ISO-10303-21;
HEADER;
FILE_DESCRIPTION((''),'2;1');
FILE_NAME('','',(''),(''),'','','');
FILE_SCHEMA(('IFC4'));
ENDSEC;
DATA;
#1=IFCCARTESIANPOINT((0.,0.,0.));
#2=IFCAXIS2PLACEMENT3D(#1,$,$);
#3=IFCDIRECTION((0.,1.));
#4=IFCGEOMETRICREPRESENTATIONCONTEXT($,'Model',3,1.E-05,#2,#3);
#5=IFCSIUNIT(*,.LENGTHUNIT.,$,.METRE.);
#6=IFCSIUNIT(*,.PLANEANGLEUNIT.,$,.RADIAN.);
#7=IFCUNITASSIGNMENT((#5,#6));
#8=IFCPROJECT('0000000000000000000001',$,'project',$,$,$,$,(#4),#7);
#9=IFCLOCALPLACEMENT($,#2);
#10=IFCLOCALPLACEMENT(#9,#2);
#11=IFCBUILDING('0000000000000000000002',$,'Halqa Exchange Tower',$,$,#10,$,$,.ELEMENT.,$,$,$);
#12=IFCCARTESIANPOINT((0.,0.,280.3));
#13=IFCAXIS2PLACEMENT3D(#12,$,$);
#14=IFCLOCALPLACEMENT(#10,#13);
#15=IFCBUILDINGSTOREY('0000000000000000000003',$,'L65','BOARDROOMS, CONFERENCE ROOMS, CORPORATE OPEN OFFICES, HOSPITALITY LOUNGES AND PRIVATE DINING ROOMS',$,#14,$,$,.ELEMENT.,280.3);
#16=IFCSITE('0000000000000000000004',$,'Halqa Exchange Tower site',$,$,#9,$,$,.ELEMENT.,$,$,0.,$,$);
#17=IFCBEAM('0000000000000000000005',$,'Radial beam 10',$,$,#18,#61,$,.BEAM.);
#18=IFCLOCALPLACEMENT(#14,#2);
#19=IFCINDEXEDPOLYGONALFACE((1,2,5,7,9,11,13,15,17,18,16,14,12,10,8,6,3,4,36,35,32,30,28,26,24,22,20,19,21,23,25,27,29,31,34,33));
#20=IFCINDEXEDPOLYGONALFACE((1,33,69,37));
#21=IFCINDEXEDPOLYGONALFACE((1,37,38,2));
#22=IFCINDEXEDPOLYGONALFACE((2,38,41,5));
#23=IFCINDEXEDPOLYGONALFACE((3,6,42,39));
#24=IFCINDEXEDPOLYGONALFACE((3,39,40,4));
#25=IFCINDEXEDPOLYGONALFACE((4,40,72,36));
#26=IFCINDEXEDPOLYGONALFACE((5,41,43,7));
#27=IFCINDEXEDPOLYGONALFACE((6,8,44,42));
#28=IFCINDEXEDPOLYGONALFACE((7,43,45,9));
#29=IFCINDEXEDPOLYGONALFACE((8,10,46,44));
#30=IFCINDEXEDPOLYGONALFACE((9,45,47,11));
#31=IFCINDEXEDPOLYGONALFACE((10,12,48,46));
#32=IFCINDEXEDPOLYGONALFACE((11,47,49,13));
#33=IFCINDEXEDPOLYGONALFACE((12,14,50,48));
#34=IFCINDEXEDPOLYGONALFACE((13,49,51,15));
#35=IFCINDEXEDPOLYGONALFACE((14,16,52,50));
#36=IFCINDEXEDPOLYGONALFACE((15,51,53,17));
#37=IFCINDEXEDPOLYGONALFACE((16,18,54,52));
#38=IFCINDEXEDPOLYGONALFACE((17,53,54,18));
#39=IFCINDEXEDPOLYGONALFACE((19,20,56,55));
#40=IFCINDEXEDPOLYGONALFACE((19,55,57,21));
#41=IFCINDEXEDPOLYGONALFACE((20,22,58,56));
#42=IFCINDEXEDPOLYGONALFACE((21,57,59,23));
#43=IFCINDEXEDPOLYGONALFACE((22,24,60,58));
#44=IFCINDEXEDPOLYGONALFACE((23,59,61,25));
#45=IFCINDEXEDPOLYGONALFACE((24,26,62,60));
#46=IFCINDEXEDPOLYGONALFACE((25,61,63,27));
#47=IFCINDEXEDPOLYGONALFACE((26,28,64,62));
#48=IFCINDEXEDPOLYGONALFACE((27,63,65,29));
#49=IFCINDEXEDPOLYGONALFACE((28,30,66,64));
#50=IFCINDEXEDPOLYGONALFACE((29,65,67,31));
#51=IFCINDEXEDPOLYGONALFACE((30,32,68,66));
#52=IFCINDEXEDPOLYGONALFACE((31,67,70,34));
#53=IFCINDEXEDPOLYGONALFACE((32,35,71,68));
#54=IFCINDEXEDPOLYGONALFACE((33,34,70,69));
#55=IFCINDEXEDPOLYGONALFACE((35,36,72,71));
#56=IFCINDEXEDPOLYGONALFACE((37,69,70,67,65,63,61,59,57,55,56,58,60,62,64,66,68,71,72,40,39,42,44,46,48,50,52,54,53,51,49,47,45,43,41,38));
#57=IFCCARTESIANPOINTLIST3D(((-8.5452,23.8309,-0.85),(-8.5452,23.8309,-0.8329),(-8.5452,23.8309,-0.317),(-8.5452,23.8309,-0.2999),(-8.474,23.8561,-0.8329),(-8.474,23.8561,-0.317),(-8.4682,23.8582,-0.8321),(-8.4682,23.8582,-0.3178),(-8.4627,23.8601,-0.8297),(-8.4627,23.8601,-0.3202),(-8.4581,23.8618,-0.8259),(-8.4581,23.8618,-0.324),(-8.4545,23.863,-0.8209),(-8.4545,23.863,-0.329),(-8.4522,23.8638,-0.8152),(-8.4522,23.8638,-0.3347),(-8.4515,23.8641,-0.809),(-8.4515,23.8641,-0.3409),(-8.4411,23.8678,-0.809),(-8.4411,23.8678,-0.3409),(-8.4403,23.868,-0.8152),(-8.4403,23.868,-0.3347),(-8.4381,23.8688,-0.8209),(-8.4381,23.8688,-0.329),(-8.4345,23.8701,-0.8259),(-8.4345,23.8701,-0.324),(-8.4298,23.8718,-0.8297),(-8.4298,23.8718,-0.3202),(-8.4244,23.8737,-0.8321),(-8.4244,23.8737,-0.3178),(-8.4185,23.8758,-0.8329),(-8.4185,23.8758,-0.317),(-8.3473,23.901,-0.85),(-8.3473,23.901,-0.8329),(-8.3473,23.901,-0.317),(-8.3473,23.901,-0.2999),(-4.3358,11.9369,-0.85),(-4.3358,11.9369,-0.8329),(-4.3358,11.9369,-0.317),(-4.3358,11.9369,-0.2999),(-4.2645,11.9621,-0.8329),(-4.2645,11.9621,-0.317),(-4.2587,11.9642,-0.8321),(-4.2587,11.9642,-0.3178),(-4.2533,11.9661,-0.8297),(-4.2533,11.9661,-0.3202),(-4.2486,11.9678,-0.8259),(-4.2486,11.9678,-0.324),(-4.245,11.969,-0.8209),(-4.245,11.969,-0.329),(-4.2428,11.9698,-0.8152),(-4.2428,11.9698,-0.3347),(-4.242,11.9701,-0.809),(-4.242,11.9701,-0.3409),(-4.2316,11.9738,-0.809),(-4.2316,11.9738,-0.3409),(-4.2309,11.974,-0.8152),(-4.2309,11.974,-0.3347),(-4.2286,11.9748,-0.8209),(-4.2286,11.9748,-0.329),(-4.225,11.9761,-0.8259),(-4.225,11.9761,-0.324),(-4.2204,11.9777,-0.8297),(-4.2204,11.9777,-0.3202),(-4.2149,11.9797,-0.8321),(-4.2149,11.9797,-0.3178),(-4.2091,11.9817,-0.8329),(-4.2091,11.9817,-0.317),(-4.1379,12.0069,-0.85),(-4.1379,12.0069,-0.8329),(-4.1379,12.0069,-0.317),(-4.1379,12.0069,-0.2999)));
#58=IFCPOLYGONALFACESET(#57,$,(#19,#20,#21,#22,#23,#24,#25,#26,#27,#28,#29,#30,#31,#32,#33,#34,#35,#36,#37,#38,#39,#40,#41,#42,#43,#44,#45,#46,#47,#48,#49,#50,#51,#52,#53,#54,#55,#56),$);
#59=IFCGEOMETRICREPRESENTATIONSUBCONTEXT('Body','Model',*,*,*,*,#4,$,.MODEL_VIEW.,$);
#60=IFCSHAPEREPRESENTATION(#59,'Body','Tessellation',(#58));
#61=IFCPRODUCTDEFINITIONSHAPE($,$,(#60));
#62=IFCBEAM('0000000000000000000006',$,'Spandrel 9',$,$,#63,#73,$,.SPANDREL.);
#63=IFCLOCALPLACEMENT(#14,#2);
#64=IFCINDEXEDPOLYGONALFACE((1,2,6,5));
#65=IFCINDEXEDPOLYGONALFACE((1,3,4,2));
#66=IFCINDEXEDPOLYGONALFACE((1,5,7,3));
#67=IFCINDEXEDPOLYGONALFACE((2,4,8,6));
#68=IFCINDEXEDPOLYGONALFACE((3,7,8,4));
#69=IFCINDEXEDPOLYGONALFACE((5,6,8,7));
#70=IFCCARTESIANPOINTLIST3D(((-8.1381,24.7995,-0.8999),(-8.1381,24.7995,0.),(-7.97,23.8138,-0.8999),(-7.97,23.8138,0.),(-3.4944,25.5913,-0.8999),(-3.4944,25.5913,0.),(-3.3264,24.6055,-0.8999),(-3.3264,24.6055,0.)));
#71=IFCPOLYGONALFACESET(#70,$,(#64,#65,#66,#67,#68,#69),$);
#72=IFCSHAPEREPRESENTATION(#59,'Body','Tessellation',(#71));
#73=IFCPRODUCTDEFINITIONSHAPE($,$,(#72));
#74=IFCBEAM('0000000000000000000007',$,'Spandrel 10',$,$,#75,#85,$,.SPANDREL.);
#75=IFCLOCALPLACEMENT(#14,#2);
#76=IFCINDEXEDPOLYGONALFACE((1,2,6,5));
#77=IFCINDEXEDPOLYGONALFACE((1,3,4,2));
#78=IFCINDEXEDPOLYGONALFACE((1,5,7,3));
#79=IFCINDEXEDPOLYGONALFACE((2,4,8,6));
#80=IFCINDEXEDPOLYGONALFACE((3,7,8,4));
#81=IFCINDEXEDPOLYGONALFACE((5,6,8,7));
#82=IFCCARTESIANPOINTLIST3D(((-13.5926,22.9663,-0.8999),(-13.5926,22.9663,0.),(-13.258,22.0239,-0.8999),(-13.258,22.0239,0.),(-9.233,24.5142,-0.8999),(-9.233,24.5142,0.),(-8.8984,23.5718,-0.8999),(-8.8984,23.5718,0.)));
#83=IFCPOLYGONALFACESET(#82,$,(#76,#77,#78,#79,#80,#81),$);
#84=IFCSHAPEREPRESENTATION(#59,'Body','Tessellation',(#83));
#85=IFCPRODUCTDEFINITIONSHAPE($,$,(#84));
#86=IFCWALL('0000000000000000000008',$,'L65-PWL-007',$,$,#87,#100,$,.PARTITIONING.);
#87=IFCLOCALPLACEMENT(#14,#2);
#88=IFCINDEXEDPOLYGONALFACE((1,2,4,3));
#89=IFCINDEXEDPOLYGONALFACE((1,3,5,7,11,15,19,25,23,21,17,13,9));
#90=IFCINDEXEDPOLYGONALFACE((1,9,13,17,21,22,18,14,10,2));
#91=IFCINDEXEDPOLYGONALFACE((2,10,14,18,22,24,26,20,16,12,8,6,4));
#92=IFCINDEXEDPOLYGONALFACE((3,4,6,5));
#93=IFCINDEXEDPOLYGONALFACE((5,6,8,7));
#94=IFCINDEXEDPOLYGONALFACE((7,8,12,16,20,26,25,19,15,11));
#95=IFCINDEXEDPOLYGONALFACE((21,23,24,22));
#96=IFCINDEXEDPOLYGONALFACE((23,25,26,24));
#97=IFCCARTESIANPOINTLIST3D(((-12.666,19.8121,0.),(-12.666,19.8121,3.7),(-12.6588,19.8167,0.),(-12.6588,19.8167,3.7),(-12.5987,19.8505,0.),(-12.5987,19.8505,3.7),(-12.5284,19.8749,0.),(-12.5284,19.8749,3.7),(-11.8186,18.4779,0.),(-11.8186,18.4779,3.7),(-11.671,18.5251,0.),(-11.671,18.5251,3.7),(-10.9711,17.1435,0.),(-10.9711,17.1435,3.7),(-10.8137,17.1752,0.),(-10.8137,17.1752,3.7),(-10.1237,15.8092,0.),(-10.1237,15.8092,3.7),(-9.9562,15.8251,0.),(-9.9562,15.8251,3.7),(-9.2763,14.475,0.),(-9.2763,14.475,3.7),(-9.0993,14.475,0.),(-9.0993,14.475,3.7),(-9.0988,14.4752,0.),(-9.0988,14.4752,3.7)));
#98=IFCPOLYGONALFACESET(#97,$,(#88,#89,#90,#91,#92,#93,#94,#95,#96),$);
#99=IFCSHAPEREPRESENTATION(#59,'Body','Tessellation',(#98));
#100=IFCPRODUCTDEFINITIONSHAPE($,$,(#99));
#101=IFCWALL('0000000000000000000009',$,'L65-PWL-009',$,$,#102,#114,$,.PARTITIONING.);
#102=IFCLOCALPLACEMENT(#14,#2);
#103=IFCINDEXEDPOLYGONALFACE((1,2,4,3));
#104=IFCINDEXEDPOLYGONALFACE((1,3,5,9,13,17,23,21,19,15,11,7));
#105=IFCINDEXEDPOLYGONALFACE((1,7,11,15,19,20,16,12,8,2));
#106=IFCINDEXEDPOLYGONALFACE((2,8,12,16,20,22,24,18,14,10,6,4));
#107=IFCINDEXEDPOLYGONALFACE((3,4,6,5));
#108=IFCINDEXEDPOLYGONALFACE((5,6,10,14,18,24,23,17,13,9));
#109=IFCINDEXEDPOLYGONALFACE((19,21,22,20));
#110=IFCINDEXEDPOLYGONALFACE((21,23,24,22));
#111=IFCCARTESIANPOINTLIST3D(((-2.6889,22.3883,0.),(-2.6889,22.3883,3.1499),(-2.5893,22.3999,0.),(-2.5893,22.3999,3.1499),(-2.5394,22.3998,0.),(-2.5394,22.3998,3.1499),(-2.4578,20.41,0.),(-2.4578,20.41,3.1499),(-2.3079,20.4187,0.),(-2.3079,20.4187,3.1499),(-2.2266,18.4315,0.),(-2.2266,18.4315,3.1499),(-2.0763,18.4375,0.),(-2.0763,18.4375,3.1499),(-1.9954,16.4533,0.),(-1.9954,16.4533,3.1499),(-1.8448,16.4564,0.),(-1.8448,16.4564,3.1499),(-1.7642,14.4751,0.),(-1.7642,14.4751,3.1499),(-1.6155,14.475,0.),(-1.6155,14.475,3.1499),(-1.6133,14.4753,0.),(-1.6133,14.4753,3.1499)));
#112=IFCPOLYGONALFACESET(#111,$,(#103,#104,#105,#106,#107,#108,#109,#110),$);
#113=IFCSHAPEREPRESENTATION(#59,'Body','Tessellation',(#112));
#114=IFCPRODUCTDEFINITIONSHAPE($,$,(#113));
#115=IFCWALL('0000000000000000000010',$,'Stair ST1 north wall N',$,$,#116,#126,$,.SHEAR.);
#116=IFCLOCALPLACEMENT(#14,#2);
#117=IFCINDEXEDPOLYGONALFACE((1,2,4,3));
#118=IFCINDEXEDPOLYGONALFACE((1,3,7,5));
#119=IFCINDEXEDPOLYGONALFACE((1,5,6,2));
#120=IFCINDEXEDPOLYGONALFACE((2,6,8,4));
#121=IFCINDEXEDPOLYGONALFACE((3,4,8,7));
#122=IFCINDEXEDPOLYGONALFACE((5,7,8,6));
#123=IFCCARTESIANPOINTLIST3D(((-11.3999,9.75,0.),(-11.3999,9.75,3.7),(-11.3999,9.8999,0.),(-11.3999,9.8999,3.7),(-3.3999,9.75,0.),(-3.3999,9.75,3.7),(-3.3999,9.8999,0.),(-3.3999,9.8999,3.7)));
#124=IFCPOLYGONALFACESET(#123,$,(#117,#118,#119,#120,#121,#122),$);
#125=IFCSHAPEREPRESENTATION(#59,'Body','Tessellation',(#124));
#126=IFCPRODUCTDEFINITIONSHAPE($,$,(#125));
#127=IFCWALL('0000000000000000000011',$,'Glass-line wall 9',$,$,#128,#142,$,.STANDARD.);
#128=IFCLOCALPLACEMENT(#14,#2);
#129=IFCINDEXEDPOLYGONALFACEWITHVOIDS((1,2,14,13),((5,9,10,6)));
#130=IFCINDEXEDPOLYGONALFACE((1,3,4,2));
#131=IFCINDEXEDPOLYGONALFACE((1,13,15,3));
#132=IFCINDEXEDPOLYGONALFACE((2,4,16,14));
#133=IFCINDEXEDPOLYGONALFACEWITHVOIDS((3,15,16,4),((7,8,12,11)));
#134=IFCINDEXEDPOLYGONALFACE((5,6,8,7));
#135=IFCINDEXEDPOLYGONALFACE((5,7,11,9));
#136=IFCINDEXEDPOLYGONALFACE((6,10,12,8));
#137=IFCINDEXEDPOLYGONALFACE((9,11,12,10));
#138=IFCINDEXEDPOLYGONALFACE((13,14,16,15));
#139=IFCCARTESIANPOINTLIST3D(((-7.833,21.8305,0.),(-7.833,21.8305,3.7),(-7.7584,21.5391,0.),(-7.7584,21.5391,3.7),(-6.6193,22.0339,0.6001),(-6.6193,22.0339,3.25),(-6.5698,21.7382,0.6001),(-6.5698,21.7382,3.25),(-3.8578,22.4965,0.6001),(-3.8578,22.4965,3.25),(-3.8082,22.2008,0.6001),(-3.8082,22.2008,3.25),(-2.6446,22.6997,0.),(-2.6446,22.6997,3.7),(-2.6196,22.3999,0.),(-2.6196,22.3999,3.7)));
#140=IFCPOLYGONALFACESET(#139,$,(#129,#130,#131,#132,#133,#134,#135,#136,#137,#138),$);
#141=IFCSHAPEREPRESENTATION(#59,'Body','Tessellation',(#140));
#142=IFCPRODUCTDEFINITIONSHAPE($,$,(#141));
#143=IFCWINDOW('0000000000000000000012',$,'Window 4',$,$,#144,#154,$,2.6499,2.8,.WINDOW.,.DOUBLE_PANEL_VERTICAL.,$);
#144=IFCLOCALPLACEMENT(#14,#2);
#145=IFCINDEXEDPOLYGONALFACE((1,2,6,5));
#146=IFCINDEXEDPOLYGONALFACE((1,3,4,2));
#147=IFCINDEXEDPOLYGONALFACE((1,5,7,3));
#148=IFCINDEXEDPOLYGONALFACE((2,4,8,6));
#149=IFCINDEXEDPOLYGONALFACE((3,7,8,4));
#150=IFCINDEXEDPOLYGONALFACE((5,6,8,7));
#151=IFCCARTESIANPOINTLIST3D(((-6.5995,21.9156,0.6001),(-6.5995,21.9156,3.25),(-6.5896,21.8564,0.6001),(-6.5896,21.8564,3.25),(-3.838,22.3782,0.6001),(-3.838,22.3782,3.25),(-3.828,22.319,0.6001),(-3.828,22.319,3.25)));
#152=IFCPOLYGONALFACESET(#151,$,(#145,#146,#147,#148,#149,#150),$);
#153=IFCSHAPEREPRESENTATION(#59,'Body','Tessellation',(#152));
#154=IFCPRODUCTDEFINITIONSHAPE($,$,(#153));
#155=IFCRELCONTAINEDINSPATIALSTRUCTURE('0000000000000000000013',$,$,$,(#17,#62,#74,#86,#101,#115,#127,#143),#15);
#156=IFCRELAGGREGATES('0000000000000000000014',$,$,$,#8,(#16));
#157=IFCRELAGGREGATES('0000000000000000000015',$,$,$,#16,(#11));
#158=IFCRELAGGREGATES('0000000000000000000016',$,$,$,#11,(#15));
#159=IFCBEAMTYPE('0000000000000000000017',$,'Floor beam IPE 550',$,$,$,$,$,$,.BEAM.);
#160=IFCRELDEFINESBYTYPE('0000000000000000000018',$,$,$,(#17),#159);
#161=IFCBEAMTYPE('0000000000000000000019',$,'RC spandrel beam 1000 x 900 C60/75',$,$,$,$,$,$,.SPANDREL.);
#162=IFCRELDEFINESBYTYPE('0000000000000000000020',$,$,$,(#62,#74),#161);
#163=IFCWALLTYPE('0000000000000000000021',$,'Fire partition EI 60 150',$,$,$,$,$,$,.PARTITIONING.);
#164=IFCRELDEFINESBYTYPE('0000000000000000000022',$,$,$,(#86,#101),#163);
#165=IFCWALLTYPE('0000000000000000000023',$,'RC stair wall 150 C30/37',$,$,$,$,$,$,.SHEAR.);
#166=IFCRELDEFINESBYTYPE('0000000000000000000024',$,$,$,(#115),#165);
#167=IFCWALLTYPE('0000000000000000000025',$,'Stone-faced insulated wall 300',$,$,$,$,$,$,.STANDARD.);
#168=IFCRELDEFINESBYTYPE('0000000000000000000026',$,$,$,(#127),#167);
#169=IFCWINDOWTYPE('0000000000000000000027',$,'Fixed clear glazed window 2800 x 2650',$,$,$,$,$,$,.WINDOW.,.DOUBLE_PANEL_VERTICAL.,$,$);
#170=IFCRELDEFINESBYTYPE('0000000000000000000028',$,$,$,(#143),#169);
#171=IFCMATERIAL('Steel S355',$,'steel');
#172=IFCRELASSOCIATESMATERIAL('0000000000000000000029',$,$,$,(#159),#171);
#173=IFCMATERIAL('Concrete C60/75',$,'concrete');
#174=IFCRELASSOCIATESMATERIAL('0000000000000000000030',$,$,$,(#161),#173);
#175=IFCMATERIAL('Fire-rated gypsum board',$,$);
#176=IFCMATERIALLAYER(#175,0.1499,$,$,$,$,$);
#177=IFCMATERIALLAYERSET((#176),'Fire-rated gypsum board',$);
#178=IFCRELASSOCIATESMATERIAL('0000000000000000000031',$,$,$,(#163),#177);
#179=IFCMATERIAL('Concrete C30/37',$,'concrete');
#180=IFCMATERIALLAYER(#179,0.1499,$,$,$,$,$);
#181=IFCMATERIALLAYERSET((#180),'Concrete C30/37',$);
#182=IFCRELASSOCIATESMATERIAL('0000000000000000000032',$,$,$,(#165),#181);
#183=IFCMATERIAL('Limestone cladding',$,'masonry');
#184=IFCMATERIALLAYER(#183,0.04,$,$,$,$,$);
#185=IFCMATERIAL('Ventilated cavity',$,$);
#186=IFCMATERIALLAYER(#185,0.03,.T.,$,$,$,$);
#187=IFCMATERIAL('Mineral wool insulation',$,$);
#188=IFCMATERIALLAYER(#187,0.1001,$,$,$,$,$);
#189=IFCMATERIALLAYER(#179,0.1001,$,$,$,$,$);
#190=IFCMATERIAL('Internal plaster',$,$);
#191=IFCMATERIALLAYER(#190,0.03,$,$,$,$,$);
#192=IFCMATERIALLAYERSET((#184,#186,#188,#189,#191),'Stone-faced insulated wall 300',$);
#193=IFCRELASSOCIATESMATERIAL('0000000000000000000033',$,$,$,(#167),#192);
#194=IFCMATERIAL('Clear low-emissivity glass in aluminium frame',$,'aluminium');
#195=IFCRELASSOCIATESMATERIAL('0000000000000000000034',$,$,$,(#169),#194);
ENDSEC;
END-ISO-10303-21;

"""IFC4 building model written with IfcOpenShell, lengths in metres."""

from ifc_helpers import new_model, si_unit, direction, frame, frame_2d, origin, origin_2d, place, context, subcontext, project, spatial, polyline, rectangle, i_section, outline, extrude, material, layer, layer_set, material_profile, profile_set, type_object, element, fill, save


model = new_model("IFC4")

# Units and contexts
model_context = context("Model", 3, precision=1e-05, world=origin(), true_north=direction((0.0, 1.0)))
body_context = subcontext(model_context, "Body", "Model", "MODEL_VIEW")
ifc_project = project(units=[si_unit("LENGTHUNIT", "METRE"), si_unit("PLANEANGLEUNIT", "RADIAN")], contexts=[model_context])

# Site, building, storey
site_placement = place(None, origin())
site = spatial("IfcSite", under=ifc_project, at=site_placement, Name="Halqa Exchange Tower site", CompositionType="ELEMENT", RefElevation=0.0)
building_placement = place(site_placement, origin())
building = spatial("IfcBuilding", under=site, at=building_placement, Name="Halqa Exchange Tower", CompositionType="ELEMENT")
storey_placement = place(building_placement, frame((0.0, 0.0, 280.3)))
storey = spatial("IfcBuildingStorey", under=building, at=storey_placement, Name="L65", Description="BOARDROOMS, CONFERENCE ROOMS, CORPORATE OPEN OFFICES, HOSPITALITY LOUNGES AND PRIVATE DINING ROOMS", CompositionType="ELEMENT", Elevation=280.3)

# Shared definitions
ifc_material_1 = material(Name="Concrete C60/75", Category="concrete")

# Beams
ifc_material_2 = material(Name="Steel S355", Category="steel")
ifc_material_profile_1 = material_profile(ifc_material_2, i_section(OverallWidth=0.21, OverallDepth=0.55, WebThickness=0.011, FlangeThickness=0.0171, FilletRadius=0.0239, at=origin_2d()), Name="IPE 550")
ifc_profile_set_1 = profile_set([ifc_material_profile_1], Name="Steel S355")
beam_type_1 = type_object("IfcBeamType", Name="Floor beam IPE 550", PredefinedType="BEAM", material=ifc_profile_set_1)
beam_1_placement = place(storey_placement, frame((-4.2368, 11.9719, -0.575), z_axis=(-0.333636, 0.942702, 0.0), x_axis=(-0.942702, -0.333636, 0.0)))
element("IfcBeam", 1, at=beam_1_placement, inside=storey, type_object=beam_type_1, Name="Radial beam 10", PredefinedType="BEAM", context=body_context, shape_type="SweptSolid", body=[
    extrude(i_section(OverallWidth=0.21, OverallDepth=0.55, WebThickness=0.011, FlangeThickness=0.0171, FilletRadius=0.0239, at=origin_2d()), origin(), (0.0, 0.0, 1.0), 12.6169),
])
ifc_material_profile_2 = material_profile(ifc_material_1, rectangle(XDim=1.0, YDim=0.8999, at=origin_2d()), Name="1000 x 900")
ifc_profile_set_2 = profile_set([ifc_material_profile_2], Name="Concrete C60/75")
beam_type_2 = type_object("IfcBeamType", Name="RC spandrel beam 1000 x 900 C60/75", PredefinedType="SPANDREL", material=ifc_profile_set_2)
beam_2_placement = place(storey_placement, frame((-3.4104, 25.0984, -0.45), z_axis=(-0.985775, -0.16807, 0.0), x_axis=(0.16807, -0.985775, 0.0)))
element("IfcBeam", 2, at=beam_2_placement, inside=storey, type_object=beam_type_2, Name="Spandrel 9", PredefinedType="SPANDREL", context=body_context, shape_type="SweptSolid", body=[
    extrude(rectangle(XDim=1.0, YDim=0.8999, at=origin_2d()), origin(), (0.0, 0.0, 1.0), 4.7107),
])
beam_3_placement = place(storey_placement, frame((-9.0657, 24.043, -0.45), z_axis=(-0.942367, -0.334581, 0.0), x_axis=(0.334581, -0.942367, 0.0)))
element("IfcBeam", 3, at=beam_3_placement, inside=storey, type_object=beam_type_2, Name="Spandrel 10", PredefinedType="SPANDREL", context=body_context, shape_type="SweptSolid", body=[
    extrude(rectangle(XDim=1.0, YDim=0.8999, at=origin_2d()), origin(), (0.0, 0.0, 1.0), 4.6262),
])

# Walls
ifc_material_3 = material(Name="Fire-rated gypsum board")
ifc_layer_1 = layer(ifc_material_3, 0.1499)
ifc_layer_set_1 = layer_set([ifc_layer_1], Name="Fire-rated gypsum board")
wall_type_1 = type_object("IfcWallType", Name="Fire partition EI 60 150", PredefinedType="PARTITIONING", material=ifc_layer_set_1)
wall_1_placement = place(storey_placement, frame((-9.1621, 14.4351, 0.0), z_axis=(0.0, 0.0, 1.0), x_axis=(-0.536137, 0.844131, 0.0)))
element("IfcWall", 4, at=wall_1_placement, inside=storey, type_object=wall_type_1, Name="L65-PWL-007", PredefinedType="PARTITIONING", context=body_context, shape_type="SweptSolid", body=[
    extrude(outline(polyline([(0.0, -0.075), (1.5991, -0.075), (3.1985, -0.075), (4.7976, -0.075), (6.3967, -0.075), (6.4138, -0.0024), (6.4175, 0.0664), (6.4175, 0.075), (4.8369, 0.075), (3.2561, 0.075), (1.6755, 0.075), (0.095, 0.075), (0.0, -0.0745), (0.0, -0.075)])), origin(), (0.0, 0.0, 1.0), 3.7),
])
wall_2_placement = place(storey_placement, frame((-1.6877, 14.4666, 0.0), z_axis=(0.0, 0.0, 1.0), x_axis=(-0.116071, 0.993241, 0.0)))
element("IfcWall", 5, at=wall_2_placement, inside=storey, type_object=wall_type_1, Name="L65-PWL-009", PredefinedType="PARTITIONING", context=body_context, shape_type="SweptSolid", body=[
    extrude(outline(polyline([(0.0, -0.075), (1.9946, -0.075), (3.9893, -0.075), (5.9839, -0.075), (7.9785, -0.075), (7.9844, -0.0254), (7.9844, 0.075), (5.9927, 0.075), (4.0007, 0.075), (2.009, 0.075), (0.0173, 0.075), (0.0, -0.0728), (0.0, -0.075)])), origin(), (0.0, 0.0, 1.0), 3.1499),
])
ifc_material_4 = material(Name="Concrete C30/37", Category="concrete")
ifc_layer_2 = layer(ifc_material_4, 0.1499)
ifc_layer_set_2 = layer_set([ifc_layer_2], Name="Concrete C30/37")
wall_type_2 = type_object("IfcWallType", Name="RC stair wall 150 C30/37", PredefinedType="SHEAR", material=ifc_layer_set_2)
wall_3_placement = place(storey_placement, frame((-11.3999, 9.825, 0.0), z_axis=(0.0, 0.0, 1.0), x_axis=(1.0, 0.0, 0.0)))
element("IfcWall", 6, at=wall_3_placement, inside=storey, type_object=wall_type_2, Name="Stair ST1 north wall N", PredefinedType="SHEAR", context=body_context, shape_type="SweptSolid", body=[
    extrude(rectangle(XDim=8.0, YDim=0.1499, at=frame_2d((4.0, 0.0))), origin(), (0.0, 0.0, 1.0), 3.7),
])

# Wall, opening, window
ifc_material_5 = material(Name="Limestone cladding", Category="masonry")
ifc_layer_3 = layer(ifc_material_5, 0.04)
ifc_material_6 = material(Name="Ventilated cavity")
ifc_layer_4 = layer(ifc_material_6, 0.03, ventilated=True)
ifc_material_7 = material(Name="Mineral wool insulation")
ifc_layer_5 = layer(ifc_material_7, 0.1001)
ifc_layer_6 = layer(ifc_material_4, 0.1001)
ifc_material_8 = material(Name="Internal plaster")
ifc_layer_7 = layer(ifc_material_8, 0.03)
ifc_layer_set_3 = layer_set([ifc_layer_3, ifc_layer_4, ifc_layer_5, ifc_layer_6, ifc_layer_7], Name="Stone-faced insulated wall 300")
wall_type_3 = type_object("IfcWallType", Name="Stone-faced insulated wall 300", PredefinedType="STANDARD", material=ifc_layer_set_3)
wall_4_placement = place(storey_placement, frame((-2.6321, 22.5498, 0.0), z_axis=(0.0, 0.0, 1.0), x_axis=(-0.986257, -0.165216, 0.0)))
wall_4 = element("IfcWall", 7, at=wall_4_placement, inside=storey, type_object=wall_type_3, Name="Glass-line wall 9", PredefinedType="STANDARD", context=body_context, shape_type="SweptSolid", body=[
    extrude(outline(polyline([(-0.0125, -0.1499), (5.2483, -0.1499), (5.2229, 0.1499), (0.0125, 0.1499), (-0.0125, -0.1499)])), origin(), (0.0, 0.0, 1.0), 3.7),
])
opening_1_placement = place(wall_4_placement, frame((1.2178, 0.0, 0.6001)))
opening_1 = element("IfcOpeningElement", 8, at=opening_1_placement, cuts=wall_4, PredefinedType="OPENING", context=body_context, shape_type="SweptSolid", body=[
    extrude(rectangle(XDim=2.8, YDim=2.6499, at=frame_2d((1.3999, 1.325))), frame((0.0, 0.1621, 0.0), z_axis=(0.0, -1.0, 0.0), x_axis=(1.0, 0.0, 0.0)), (0.0, 0.0, 1.0), 0.324),
])
ifc_material_9 = material(Name="Clear low-emissivity glass in aluminium frame", Category="aluminium")
window_type = type_object("IfcWindowType", Name="Fixed clear glazed window 2800 x 2650", PartitioningType="DOUBLE_PANEL_VERTICAL", PredefinedType="WINDOW", material=ifc_material_9)
window_1_placement = place(opening_1_placement, origin())
window_1 = element("IfcWindow", 9, at=window_1_placement, inside=storey, type_object=window_type, Name="Window 4", OverallHeight=2.6499, OverallWidth=2.8, PartitioningType="DOUBLE_PANEL_VERTICAL", PredefinedType="WINDOW", context=body_context, shape_type="SweptSolid", body=[
    extrude(rectangle(XDim=2.8, YDim=2.6499, at=frame_2d((1.3999, 1.325))), frame((0.0, 0.03, 0.0), z_axis=(0.0, -1.0, 0.0), x_axis=(1.0, 0.0, 0.0)), (0.0, 0.0, 1.0), 0.0601),
])
fill(opening_1, window_1)

save(model, "model.ifc")
